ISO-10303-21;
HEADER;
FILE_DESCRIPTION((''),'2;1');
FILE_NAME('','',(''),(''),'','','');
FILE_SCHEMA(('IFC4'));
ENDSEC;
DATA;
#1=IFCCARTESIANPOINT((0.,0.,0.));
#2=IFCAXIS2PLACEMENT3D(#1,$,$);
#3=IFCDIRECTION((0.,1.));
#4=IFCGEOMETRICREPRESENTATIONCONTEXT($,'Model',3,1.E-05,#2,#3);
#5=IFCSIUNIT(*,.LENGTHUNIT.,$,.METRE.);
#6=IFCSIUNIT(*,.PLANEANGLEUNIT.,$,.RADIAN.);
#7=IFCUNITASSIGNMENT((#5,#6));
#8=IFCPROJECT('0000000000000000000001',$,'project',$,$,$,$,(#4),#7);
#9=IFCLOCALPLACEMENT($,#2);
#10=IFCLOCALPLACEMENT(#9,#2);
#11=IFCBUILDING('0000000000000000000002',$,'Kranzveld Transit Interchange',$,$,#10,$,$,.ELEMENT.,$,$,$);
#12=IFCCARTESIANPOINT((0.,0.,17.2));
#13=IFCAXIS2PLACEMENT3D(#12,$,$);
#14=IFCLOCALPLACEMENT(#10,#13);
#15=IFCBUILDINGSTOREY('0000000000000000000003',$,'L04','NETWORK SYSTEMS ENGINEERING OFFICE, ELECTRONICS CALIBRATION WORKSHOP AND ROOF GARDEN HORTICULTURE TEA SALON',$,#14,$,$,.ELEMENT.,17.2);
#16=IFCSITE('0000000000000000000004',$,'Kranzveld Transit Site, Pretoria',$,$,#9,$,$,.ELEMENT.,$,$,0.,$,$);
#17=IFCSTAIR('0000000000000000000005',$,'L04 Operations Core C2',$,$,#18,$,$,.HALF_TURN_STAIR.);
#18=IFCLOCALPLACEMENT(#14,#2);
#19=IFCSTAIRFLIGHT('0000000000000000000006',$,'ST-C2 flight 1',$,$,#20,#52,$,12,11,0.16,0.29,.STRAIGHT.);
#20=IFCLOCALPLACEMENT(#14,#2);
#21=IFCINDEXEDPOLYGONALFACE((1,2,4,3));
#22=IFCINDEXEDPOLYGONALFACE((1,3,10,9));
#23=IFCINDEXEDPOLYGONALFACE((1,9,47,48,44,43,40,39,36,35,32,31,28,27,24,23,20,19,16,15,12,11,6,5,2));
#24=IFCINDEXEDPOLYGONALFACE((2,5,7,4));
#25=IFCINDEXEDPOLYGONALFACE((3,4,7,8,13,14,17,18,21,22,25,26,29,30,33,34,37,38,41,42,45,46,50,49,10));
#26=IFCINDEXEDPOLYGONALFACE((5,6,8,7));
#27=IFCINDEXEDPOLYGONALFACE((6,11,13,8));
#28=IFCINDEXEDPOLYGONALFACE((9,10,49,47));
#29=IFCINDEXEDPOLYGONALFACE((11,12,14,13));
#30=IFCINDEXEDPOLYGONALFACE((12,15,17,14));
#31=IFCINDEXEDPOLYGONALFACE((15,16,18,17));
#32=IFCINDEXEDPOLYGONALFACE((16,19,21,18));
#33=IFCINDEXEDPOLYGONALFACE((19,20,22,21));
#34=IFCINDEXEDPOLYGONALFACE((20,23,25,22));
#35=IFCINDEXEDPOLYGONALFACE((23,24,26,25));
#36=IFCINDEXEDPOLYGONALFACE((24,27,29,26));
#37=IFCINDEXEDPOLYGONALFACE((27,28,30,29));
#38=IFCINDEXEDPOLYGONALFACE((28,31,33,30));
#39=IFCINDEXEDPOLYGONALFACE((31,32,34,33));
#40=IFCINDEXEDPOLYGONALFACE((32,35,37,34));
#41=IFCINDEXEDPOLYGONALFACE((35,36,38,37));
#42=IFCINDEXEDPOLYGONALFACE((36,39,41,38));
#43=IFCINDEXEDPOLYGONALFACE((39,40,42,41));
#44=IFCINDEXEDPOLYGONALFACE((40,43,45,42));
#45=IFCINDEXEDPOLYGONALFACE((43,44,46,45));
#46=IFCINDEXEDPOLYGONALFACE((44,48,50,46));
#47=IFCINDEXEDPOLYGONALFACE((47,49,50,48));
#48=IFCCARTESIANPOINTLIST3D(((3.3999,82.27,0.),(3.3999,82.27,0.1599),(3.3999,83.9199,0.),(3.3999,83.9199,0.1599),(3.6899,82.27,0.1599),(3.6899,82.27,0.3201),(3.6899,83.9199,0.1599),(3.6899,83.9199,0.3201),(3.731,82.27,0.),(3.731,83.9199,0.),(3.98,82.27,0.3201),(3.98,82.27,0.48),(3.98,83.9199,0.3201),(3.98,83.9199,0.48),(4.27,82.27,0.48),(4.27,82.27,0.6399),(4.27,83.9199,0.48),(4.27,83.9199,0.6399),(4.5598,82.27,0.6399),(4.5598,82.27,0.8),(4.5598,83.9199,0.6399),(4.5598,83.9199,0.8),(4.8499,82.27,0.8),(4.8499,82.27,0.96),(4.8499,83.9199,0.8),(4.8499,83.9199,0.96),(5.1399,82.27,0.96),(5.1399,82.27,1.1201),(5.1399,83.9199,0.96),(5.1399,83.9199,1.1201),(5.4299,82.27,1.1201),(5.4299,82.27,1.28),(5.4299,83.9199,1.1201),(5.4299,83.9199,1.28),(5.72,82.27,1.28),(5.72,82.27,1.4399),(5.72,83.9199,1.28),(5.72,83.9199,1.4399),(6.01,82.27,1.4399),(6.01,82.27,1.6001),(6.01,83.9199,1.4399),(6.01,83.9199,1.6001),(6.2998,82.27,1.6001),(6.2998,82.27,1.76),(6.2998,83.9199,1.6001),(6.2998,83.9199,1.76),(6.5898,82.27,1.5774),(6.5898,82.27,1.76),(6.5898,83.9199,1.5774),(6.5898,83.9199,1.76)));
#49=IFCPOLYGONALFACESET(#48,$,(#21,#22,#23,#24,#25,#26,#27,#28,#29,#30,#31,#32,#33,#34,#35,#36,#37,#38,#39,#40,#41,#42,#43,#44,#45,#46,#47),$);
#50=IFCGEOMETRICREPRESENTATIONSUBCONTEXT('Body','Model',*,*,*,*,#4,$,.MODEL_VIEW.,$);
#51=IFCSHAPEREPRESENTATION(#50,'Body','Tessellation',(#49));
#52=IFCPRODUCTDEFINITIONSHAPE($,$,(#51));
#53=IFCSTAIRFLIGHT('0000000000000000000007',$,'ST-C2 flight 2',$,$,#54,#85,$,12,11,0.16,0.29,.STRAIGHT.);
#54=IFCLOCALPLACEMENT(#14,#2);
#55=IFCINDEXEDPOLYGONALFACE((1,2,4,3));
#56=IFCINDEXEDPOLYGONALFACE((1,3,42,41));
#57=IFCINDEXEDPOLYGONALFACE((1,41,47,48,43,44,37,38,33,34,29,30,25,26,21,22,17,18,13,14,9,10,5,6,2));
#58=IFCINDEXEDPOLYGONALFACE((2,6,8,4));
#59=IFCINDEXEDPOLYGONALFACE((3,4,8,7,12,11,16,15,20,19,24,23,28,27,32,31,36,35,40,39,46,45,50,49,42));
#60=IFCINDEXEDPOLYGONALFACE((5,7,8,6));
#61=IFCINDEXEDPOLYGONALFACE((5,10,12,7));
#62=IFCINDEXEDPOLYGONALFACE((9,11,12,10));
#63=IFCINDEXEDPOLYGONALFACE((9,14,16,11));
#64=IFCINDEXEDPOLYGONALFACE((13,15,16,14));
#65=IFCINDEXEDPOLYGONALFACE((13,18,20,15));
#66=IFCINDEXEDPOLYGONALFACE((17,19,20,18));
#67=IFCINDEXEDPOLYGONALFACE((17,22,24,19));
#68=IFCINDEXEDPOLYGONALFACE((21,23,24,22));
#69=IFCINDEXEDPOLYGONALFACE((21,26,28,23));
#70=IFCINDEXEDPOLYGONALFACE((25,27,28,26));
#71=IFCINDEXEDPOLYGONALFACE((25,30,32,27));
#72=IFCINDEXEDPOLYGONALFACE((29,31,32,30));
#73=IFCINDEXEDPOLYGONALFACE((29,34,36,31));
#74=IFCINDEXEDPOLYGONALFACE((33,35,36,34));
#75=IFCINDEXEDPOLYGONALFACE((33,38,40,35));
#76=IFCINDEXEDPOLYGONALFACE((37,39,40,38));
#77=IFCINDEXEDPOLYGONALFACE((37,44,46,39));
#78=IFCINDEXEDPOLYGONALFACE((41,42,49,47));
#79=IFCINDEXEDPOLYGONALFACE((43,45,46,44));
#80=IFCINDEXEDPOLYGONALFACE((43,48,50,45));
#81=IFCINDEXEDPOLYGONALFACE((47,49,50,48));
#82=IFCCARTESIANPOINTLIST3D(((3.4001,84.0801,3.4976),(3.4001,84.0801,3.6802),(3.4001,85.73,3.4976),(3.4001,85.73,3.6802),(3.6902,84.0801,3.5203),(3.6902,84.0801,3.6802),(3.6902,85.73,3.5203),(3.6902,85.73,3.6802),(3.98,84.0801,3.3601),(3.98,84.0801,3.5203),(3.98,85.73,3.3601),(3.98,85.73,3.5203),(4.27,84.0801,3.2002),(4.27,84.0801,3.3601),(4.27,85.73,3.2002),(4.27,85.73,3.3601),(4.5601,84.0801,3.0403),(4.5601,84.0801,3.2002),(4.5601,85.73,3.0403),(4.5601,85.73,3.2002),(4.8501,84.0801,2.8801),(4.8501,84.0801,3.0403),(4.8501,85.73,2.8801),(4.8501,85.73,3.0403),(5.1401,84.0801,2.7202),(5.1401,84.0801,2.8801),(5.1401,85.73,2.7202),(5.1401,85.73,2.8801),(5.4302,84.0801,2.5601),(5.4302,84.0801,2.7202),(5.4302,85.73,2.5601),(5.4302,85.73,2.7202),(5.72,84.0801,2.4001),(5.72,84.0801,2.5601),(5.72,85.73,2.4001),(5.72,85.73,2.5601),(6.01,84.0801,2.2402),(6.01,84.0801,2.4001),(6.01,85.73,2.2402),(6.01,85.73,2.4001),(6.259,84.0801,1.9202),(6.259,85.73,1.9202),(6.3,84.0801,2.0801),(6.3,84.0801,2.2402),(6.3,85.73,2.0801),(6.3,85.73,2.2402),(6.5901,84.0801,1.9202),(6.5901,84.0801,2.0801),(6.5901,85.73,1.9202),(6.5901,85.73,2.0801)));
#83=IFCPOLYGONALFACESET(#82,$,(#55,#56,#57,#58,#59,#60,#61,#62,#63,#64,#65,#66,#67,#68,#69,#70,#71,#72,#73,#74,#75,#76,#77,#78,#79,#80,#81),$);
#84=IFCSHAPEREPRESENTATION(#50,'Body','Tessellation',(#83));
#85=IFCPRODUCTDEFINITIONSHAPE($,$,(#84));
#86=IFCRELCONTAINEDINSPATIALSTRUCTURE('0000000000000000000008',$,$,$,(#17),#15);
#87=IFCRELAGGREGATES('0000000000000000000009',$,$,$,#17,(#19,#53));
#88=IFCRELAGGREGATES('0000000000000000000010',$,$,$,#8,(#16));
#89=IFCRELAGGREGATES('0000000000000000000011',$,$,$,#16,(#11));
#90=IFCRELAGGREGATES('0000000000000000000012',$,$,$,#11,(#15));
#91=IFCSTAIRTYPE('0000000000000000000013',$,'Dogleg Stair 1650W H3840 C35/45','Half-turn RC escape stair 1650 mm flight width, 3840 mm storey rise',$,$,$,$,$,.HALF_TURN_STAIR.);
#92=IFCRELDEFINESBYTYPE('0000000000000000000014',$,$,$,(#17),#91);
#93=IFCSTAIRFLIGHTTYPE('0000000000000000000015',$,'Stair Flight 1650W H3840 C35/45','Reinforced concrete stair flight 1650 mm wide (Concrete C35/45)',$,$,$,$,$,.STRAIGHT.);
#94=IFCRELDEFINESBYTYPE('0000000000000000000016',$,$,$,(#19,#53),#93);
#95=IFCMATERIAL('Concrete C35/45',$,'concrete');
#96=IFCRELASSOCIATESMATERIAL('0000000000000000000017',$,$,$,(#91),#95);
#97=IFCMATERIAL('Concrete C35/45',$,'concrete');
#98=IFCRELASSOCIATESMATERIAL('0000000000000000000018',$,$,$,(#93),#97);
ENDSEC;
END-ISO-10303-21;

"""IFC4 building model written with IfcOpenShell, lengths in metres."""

from ifc_helpers import new_model, si_unit, direction, frame, origin, place, context, subcontext, project, spatial, polyline, outline, extrude, material, type_object, element, aggregate, save


model = new_model("IFC4")

# Units and contexts
model_context = context("Model", 3, precision=1e-05, world=origin(), true_north=direction((0.0, 1.0)))
body_context = subcontext(model_context, "Body", "Model", "MODEL_VIEW")
ifc_project = project(units=[si_unit("LENGTHUNIT", "METRE"), si_unit("PLANEANGLEUNIT", "RADIAN")], contexts=[model_context])

# Site, building, storey
site_placement = place(None, origin())
site = spatial("IfcSite", under=ifc_project, at=site_placement, Name="Kranzveld Transit Site, Pretoria", CompositionType="ELEMENT", RefElevation=0.0)
building_placement = place(site_placement, origin())
building = spatial("IfcBuilding", under=site, at=building_placement, Name="Kranzveld Transit Interchange", CompositionType="ELEMENT")
storey_placement = place(building_placement, frame((0.0, 0.0, 17.2)))
storey = spatial("IfcBuildingStorey", under=building, at=storey_placement, Name="L04", Description="NETWORK SYSTEMS ENGINEERING OFFICE, ELECTRONICS CALIBRATION WORKSHOP AND ROOF GARDEN HORTICULTURE TEA SALON", CompositionType="ELEMENT", Elevation=17.2)

# Stair, stair flights
ifc_material_1 = material(Name="Concrete C35/45", Category="concrete")
stair_type = type_object("IfcStairType", Name="Dogleg Stair 1650W H3840 C35/45", Description="Half-turn RC escape stair 1650 mm flight width, 3840 mm storey rise", PredefinedType="HALF_TURN_STAIR", material=ifc_material_1)
stair_placement = place(storey_placement, origin())
stair = element("IfcStair", 1, at=stair_placement, inside=storey, type_object=stair_type, Name="L04 Operations Core C2", PredefinedType="HALF_TURN_STAIR")
ifc_material_2 = material(Name="Concrete C35/45", Category="concrete")
stair_flight_type = type_object("IfcStairFlightType", Name="Stair Flight 1650W H3840 C35/45", Description="Reinforced concrete stair flight 1650 mm wide (Concrete C35/45)", PredefinedType="STRAIGHT", material=ifc_material_2)
stair_flight_1_placement = place(storey_placement, frame((3.3999, 83.095, 0.0), z_axis=(0.0, 0.0, 1.0), x_axis=(1.0, 0.0, 0.0)))
stair_flight_1 = element("IfcStairFlight", 2, at=stair_flight_1_placement, type_object=stair_flight_type, Name="ST-C2 flight 1", NumberOfRisers=12, NumberOfTreads=11, PredefinedType="STRAIGHT", RiserHeight=0.16, TreadLength=0.29, context=body_context, shape_type="SweptSolid", body=[
    extrude(outline(polyline([(0.0, 0.0), (0.0, 0.1599), (0.29, 0.1599), (0.29, 0.3201), (0.5801, 0.3201), (0.5801, 0.48), (0.8701, 0.48), (0.8701, 0.6399), (1.1599, 0.6399), (1.1599, 0.8), (1.45, 0.8), (1.45, 0.96), (1.74, 0.96), (1.74, 1.1201), (2.03, 1.1201), (2.03, 1.28), (2.3201, 1.28), (2.3201, 1.4399), (2.6101, 1.4399), (2.6101, 1.6001), (2.8999, 1.6001), (2.8999, 1.76), (3.1899, 1.76), (3.1899, 1.9199), (3.1899, 1.5774), (0.3311, 0.0), (0.0, 0.0)])), frame((0.0, 0.825, 0.0), z_axis=(0.0, -1.0, 0.0), x_axis=(1.0, 0.0, 0.0)), (0.0, 0.0, 1.0), 1.6499),
])
stair_flight_2_placement = place(storey_placement, frame((6.5901, 84.905, 1.9202), z_axis=(0.0, 0.0, 1.0), x_axis=(-1.0, 0.0, 0.0)))
stair_flight_2 = element("IfcStairFlight", 3, at=stair_flight_2_placement, type_object=stair_flight_type, Name="ST-C2 flight 2", NumberOfRisers=12, NumberOfTreads=11, PredefinedType="STRAIGHT", RiserHeight=0.16, TreadLength=0.29, context=body_context, shape_type="SweptSolid", body=[
    extrude(outline(polyline([(0.0, 0.0), (0.0, 0.1599), (0.29, 0.1599), (0.29, 0.3201), (0.5801, 0.3201), (0.5801, 0.48), (0.8701, 0.48), (0.8701, 0.6399), (1.1599, 0.6399), (1.1599, 0.8), (1.45, 0.8), (1.45, 0.96), (1.74, 0.96), (1.74, 1.1201), (2.03, 1.1201), (2.03, 1.28), (2.3201, 1.28), (2.3201, 1.4399), (2.6101, 1.4399), (2.6101, 1.6001), (2.8999, 1.6001), (2.8999, 1.76), (3.1899, 1.76), (3.1899, 1.9199), (3.1899, 1.5774), (0.3311, 0.0), (0.0, 0.0)])), frame((0.0, 0.825, 0.0), z_axis=(0.0, -1.0, 0.0), x_axis=(1.0, 0.0, 0.0)), (0.0, 0.0, 1.0), 1.6499),
])
aggregate(stair, [stair_flight_1, stair_flight_2])

save(model, "model.ifc")
